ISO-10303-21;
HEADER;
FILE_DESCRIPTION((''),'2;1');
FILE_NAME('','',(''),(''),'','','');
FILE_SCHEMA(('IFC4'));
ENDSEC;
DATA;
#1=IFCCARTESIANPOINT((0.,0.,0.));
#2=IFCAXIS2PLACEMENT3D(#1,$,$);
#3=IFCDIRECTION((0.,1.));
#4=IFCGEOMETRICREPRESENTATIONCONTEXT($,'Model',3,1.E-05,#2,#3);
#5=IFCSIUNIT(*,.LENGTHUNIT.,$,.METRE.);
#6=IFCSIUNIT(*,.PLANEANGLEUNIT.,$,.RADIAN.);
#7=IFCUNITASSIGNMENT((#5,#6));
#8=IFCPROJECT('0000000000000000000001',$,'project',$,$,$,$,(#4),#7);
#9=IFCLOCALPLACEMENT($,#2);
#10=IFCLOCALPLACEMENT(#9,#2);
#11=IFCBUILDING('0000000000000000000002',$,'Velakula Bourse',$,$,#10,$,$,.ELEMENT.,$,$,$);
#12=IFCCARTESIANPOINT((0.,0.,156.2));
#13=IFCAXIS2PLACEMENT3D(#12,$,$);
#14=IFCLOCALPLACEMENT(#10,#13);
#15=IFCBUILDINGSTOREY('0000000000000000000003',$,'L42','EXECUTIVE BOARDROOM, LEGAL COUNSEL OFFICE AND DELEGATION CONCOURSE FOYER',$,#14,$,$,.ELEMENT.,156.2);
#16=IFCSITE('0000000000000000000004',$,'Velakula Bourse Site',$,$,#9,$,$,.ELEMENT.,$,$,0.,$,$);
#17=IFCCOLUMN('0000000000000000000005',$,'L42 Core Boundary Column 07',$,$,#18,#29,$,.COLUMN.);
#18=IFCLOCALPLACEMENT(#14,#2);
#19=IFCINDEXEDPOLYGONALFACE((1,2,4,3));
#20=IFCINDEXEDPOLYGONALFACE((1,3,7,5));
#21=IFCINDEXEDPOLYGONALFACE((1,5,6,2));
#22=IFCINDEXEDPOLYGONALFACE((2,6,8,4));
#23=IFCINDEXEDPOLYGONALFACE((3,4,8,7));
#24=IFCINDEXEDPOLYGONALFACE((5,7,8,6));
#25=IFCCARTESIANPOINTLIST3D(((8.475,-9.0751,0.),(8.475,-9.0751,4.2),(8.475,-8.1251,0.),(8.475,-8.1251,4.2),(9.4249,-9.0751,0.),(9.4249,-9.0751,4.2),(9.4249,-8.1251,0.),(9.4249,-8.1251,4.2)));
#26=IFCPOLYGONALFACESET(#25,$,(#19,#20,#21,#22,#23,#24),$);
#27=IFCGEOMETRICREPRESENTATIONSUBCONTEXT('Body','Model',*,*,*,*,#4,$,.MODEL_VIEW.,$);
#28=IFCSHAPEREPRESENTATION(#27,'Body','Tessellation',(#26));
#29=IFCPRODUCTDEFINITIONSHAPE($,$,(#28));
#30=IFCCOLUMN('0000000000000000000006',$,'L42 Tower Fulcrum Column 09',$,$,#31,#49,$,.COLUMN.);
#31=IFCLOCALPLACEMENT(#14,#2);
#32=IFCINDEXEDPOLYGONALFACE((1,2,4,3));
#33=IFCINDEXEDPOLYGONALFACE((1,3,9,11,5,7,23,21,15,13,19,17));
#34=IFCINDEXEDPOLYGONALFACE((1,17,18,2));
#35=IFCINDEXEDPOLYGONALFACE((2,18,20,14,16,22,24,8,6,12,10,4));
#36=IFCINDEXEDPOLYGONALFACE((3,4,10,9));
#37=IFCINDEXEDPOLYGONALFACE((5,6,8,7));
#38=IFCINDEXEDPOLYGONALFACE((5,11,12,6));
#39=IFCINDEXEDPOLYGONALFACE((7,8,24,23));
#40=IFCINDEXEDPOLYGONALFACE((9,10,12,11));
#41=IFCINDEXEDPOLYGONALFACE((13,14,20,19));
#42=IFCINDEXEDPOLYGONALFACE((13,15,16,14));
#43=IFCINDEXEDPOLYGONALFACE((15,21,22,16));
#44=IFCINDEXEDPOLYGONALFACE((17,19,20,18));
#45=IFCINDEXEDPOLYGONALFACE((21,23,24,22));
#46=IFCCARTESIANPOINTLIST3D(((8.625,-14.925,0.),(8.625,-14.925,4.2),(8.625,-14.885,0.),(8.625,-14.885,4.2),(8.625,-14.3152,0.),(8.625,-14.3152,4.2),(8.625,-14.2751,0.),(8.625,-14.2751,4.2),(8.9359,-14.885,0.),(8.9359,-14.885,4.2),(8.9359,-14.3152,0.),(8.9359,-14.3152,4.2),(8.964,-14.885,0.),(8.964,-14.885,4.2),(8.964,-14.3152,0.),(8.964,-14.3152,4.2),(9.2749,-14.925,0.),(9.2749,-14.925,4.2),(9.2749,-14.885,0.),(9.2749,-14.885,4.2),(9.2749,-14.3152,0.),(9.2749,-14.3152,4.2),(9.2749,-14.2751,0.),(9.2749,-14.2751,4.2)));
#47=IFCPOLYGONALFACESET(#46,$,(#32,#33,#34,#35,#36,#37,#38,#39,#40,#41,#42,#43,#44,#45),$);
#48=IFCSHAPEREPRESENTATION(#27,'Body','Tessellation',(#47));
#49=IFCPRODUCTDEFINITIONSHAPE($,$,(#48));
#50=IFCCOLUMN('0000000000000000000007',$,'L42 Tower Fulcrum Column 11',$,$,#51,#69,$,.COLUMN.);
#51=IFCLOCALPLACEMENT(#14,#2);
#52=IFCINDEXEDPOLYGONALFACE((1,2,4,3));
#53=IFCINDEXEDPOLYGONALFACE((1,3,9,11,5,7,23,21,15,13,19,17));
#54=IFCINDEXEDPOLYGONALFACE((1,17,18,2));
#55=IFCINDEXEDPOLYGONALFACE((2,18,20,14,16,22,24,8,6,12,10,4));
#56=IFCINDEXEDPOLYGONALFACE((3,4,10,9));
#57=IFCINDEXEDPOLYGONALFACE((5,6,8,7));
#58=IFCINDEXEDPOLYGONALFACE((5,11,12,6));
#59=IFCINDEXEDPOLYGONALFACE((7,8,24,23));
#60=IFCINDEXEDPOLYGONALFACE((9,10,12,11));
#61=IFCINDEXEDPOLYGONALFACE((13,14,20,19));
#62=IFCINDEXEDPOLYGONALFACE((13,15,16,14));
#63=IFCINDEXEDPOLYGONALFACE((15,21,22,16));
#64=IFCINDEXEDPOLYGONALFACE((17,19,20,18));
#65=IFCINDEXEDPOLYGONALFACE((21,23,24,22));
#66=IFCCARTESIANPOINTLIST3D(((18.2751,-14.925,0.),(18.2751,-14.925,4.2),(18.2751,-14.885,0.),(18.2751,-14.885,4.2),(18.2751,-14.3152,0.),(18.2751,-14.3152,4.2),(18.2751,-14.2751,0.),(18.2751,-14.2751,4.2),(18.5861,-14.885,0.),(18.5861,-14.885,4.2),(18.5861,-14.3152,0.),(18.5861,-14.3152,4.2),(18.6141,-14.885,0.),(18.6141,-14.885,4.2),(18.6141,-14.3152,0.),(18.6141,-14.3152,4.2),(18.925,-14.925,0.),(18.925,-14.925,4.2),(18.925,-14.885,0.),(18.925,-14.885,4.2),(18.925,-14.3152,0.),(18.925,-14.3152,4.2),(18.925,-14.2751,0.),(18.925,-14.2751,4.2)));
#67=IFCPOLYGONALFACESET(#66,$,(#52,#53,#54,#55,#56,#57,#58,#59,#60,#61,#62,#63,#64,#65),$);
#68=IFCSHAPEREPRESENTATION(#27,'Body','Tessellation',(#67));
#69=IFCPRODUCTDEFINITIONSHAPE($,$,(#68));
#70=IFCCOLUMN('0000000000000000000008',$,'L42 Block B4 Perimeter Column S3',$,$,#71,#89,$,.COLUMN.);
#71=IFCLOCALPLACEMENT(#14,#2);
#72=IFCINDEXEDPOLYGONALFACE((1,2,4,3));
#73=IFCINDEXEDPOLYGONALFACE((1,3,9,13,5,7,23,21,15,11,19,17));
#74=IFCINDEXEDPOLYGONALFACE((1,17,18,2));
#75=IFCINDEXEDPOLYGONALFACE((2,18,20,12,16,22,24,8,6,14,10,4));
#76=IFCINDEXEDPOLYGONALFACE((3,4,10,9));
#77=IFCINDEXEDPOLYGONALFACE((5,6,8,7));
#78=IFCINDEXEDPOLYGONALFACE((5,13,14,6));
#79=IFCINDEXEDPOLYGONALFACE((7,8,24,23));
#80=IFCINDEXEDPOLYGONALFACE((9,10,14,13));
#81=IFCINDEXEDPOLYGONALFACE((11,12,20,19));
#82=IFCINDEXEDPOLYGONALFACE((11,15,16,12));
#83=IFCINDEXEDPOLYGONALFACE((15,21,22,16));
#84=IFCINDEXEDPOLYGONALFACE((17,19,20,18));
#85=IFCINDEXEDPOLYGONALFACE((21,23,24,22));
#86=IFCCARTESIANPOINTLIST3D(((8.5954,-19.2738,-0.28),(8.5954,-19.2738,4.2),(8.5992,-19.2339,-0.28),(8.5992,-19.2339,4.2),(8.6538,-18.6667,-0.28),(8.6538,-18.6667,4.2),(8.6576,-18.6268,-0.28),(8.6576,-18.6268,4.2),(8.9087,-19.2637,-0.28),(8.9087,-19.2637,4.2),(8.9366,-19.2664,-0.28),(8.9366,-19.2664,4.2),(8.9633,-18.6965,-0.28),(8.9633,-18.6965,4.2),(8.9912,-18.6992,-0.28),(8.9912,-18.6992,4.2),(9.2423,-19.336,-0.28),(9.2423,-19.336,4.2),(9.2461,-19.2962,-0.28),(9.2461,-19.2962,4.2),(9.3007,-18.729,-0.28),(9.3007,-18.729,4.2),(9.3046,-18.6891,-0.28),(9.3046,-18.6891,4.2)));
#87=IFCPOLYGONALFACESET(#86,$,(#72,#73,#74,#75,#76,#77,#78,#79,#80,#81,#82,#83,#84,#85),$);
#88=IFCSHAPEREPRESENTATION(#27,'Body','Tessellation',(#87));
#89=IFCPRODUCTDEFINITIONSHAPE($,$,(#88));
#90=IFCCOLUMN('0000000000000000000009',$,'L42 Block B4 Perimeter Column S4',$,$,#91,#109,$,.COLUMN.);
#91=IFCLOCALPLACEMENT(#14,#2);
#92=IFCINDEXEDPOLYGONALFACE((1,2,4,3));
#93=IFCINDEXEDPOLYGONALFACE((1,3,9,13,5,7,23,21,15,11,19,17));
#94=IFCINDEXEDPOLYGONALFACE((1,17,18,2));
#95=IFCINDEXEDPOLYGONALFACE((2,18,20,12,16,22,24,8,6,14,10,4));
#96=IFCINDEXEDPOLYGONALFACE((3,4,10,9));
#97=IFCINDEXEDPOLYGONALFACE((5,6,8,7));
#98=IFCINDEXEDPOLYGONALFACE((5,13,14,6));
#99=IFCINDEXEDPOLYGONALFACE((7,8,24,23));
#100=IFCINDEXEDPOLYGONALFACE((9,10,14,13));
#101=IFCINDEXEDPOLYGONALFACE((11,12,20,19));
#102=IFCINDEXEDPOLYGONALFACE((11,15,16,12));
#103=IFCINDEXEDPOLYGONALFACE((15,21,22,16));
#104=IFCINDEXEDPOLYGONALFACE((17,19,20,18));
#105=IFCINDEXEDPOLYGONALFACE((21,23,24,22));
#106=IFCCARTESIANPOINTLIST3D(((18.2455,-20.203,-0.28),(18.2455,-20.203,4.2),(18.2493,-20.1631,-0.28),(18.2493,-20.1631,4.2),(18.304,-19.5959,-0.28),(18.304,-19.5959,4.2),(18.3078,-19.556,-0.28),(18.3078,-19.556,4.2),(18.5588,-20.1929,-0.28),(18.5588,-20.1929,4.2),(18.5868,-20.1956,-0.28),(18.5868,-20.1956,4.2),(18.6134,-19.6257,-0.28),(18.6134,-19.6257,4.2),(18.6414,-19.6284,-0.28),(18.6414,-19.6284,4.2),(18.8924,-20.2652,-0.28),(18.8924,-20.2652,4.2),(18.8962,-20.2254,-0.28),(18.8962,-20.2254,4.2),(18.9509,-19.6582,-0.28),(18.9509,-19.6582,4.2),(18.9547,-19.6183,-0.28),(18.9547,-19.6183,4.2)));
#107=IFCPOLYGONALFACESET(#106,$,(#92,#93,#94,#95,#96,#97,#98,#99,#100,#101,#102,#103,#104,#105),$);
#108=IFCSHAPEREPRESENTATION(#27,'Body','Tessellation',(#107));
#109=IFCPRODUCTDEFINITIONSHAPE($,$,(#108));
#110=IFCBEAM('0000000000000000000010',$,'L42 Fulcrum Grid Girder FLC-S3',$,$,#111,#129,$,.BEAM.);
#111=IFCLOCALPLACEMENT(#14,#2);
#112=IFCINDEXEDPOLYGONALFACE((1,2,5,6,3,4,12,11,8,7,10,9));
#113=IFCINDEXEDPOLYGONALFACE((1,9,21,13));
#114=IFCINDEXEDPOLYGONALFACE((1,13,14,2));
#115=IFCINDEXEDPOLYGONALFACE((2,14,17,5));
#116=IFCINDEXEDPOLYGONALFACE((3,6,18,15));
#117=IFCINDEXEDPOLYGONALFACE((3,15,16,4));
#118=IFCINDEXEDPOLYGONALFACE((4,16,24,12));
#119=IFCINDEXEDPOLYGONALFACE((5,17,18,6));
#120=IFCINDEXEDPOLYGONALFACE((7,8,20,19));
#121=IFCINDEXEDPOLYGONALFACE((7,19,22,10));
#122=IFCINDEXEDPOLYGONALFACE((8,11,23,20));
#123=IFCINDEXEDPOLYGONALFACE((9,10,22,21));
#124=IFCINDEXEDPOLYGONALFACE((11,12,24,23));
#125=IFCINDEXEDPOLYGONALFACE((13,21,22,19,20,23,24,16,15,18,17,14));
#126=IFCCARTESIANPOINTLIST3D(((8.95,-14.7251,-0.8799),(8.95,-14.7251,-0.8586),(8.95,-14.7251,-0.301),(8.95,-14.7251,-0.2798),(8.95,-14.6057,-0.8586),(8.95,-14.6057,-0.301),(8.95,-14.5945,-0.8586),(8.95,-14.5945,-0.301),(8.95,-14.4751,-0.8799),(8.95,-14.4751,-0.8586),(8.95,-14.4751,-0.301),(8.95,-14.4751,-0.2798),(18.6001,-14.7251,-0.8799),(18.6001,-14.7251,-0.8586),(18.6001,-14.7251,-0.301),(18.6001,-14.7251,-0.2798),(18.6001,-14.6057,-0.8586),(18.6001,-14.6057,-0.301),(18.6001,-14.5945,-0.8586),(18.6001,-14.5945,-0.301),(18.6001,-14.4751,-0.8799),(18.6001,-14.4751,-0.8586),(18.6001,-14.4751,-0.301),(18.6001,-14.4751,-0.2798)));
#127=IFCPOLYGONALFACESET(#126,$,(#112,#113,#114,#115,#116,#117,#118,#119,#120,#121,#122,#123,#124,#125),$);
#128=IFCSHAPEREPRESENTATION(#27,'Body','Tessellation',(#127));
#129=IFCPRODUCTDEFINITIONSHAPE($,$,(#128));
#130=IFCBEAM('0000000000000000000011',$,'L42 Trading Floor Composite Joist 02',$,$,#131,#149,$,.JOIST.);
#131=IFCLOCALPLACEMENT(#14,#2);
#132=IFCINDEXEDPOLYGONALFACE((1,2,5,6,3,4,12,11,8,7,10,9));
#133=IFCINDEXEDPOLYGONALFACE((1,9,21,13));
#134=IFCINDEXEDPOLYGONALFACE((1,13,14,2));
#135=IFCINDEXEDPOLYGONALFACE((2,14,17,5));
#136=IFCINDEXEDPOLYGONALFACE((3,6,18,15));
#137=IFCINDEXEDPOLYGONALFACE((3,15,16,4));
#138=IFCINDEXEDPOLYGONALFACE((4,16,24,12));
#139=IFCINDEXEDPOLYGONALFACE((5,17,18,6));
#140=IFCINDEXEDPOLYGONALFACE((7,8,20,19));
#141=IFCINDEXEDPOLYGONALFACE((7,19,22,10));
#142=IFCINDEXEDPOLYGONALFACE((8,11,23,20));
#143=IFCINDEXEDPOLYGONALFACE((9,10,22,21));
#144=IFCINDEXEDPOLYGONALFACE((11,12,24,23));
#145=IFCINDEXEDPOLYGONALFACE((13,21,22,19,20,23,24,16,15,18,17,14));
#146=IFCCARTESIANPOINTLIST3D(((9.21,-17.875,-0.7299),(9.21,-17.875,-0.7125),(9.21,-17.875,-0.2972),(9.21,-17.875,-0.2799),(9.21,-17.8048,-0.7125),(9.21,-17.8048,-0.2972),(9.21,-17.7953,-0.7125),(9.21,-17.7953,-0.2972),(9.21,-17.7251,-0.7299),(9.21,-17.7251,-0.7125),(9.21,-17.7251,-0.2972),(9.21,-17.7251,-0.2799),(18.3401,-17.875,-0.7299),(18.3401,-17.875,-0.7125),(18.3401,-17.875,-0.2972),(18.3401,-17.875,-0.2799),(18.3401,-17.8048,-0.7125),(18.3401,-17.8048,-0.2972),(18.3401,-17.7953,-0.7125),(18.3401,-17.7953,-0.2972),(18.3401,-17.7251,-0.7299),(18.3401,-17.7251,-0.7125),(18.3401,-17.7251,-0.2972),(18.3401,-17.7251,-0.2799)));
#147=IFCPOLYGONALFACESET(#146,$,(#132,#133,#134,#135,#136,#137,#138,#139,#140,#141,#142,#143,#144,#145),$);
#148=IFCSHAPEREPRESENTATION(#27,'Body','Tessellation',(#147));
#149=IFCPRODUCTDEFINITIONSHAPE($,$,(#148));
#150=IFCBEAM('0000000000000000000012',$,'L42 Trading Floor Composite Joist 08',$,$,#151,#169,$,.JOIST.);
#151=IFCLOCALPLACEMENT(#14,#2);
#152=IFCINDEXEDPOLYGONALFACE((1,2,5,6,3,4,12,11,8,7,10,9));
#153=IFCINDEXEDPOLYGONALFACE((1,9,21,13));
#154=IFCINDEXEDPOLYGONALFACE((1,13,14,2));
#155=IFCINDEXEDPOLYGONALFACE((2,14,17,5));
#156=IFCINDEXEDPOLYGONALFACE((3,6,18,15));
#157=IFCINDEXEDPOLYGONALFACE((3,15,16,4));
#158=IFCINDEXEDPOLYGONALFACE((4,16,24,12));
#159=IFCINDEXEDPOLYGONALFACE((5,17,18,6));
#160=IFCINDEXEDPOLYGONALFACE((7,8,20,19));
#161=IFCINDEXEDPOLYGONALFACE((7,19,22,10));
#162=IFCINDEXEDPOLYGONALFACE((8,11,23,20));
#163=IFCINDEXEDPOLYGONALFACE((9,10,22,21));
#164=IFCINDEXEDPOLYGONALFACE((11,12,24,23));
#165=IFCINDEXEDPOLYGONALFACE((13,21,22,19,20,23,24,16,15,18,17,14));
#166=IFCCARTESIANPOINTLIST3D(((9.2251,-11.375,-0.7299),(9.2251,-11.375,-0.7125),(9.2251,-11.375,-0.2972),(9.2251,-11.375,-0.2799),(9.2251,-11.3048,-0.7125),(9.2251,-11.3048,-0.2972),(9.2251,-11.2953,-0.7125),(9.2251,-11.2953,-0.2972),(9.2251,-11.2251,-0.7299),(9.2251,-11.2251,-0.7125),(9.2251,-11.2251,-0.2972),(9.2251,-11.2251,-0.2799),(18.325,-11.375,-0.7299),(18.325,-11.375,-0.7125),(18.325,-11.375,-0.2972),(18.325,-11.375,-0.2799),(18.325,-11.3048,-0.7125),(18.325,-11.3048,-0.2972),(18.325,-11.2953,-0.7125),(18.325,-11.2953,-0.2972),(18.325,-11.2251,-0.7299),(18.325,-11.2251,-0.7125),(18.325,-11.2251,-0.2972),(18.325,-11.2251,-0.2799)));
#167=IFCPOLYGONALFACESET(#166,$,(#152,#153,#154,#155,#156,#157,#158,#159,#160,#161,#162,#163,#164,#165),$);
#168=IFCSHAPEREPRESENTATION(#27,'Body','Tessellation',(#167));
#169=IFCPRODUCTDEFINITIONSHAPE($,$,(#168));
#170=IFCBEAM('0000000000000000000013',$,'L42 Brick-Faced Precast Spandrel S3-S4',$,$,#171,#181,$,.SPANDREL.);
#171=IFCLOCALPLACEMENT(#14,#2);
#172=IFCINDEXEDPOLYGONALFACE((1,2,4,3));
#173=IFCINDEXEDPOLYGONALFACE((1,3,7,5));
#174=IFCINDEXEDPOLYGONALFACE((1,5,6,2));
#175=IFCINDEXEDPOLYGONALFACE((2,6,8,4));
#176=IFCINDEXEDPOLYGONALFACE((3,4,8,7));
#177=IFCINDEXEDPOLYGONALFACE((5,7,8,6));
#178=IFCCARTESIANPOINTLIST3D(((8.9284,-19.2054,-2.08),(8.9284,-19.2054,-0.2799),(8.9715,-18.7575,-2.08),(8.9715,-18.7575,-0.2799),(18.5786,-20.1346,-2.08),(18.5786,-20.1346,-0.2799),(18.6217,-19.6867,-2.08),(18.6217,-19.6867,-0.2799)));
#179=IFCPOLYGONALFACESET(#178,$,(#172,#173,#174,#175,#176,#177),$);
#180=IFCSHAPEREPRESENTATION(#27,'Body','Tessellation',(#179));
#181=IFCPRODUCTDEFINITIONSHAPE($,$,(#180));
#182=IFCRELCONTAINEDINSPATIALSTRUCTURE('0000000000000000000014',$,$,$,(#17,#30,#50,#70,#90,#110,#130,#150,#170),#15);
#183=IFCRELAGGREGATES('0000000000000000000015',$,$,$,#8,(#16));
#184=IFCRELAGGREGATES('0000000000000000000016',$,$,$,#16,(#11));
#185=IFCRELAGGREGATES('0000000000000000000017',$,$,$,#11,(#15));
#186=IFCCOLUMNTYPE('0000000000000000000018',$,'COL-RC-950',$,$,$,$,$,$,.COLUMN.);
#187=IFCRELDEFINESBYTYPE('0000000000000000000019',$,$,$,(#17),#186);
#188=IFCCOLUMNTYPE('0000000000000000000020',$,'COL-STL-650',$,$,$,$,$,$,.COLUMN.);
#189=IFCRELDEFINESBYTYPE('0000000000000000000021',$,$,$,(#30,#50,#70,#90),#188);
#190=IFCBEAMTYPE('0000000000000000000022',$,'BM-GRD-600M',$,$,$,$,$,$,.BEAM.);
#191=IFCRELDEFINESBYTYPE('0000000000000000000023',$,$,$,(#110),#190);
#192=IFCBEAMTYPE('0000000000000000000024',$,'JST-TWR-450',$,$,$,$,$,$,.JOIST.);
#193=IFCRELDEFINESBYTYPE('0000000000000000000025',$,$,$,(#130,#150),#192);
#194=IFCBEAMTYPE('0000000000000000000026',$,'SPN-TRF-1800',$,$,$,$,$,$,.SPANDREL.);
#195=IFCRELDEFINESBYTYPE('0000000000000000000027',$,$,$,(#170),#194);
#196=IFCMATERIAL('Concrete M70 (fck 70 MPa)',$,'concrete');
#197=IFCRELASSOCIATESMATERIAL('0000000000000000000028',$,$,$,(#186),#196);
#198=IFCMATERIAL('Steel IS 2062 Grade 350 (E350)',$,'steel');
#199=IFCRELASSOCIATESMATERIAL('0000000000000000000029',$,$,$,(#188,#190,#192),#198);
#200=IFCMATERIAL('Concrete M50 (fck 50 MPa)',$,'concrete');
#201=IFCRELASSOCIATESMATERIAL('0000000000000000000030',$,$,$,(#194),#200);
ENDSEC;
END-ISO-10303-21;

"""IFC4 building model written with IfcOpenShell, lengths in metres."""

from ifc_helpers import new_model, si_unit, direction, frame, origin, origin_2d, place, context, subcontext, project, spatial, rectangle, i_section, extrude, material, material_profile, profile_set, type_object, element, save


model = new_model("IFC4")

# Units and contexts
model_context = context("Model", 3, precision=1e-05, world=origin(), true_north=direction((0.0, 1.0)))
body_context = subcontext(model_context, "Body", "Model", "MODEL_VIEW")
ifc_project = project(units=[si_unit("LENGTHUNIT", "METRE"), si_unit("PLANEANGLEUNIT", "RADIAN")], contexts=[model_context])

# Site, building, storey
site_placement = place(None, origin())
site = spatial("IfcSite", under=ifc_project, at=site_placement, Name="Velakula Bourse Site", CompositionType="ELEMENT", RefElevation=0.0)
building_placement = place(site_placement, origin())
building = spatial("IfcBuilding", under=site, at=building_placement, Name="Velakula Bourse", CompositionType="ELEMENT")
storey_placement = place(building_placement, frame((0.0, 0.0, 156.2)))
storey = spatial("IfcBuildingStorey", under=building, at=storey_placement, Name="L42", Description="EXECUTIVE BOARDROOM, LEGAL COUNSEL OFFICE AND DELEGATION CONCOURSE FOYER", CompositionType="ELEMENT", Elevation=156.2)

# Columns
ifc_material_1 = material(Name="Concrete M70 (fck 70 MPa)", Category="concrete")
ifc_material_profile_1 = material_profile(ifc_material_1, rectangle(XDim=0.95, YDim=0.95, at=origin_2d()), Name="Concrete M70 (fck 70 MPa)")
ifc_profile_set_1 = profile_set([ifc_material_profile_1], Name="Concrete M70 (fck 70 MPa)")
column_type_1 = type_object("IfcColumnType", Name="COL-RC-950", PredefinedType="COLUMN", material=ifc_profile_set_1)
column_placement = place(storey_placement, frame((8.95, -8.6001, 0.0), z_axis=(0.0, 0.0, 1.0), x_axis=(1.0, 0.0, 0.0)))
element("IfcColumn", 1, at=column_placement, inside=storey, type_object=column_type_1, Name="L42 Core Boundary Column 07", PredefinedType="COLUMN", context=body_context, shape_type="SweptSolid", body=[
    extrude(rectangle(XDim=0.95, YDim=0.95, at=origin_2d()), origin(), (0.0, 0.0, 1.0), 4.2),
])
ifc_material_2 = material(Name="Steel IS 2062 Grade 350 (E350)", Category="steel")
ifc_material_profile_2 = material_profile(ifc_material_2, i_section(OverallWidth=0.6499, OverallDepth=0.6499, WebThickness=0.0281, FlangeThickness=0.04, at=origin_2d()), Name="Steel IS 2062 Grade 350 (E350)")
ifc_profile_set_2 = profile_set([ifc_material_profile_2], Name="Steel IS 2062 Grade 350 (E350)")
column_type_2 = type_object("IfcColumnType", Name="COL-STL-650", PredefinedType="COLUMN", material=ifc_profile_set_2)
for number, where, z_axis, x_axis, name in (
    (2, (8.95, -14.6001, 0.0), (0.0, 0.0, 1.0), (1.0, 0.0, 0.0), "L42 Tower Fulcrum Column 09"),
    (3, (18.6001, -14.6001, 0.0), (0.0, 0.0, 1.0), (1.0, 0.0, 0.0), "L42 Tower Fulcrum Column 11"),
):
    element("IfcColumn", number, at=place(storey_placement, frame(where, z_axis=z_axis, x_axis=x_axis)), inside=storey, type_object=column_type_2, Name=name, PredefinedType="COLUMN", context=body_context, shape_type="SweptSolid", body=[
        extrude(i_section(OverallWidth=0.6499, OverallDepth=0.6499, WebThickness=0.0281, FlangeThickness=0.04, at=origin_2d()), origin(), (0.0, 0.0, 1.0), 4.2),
    ])
for number, where, z_axis, x_axis, name in (
    (4, (8.95, -18.9814, -0.28), (0.0, 0.0, 1.0), (0.995396, -0.095846, 0.0), "L42 Block B4 Perimeter Column S3"),
    (5, (18.6001, -19.9106, -0.28), (0.0, 0.0, 1.0), (0.995396, -0.095846, 0.0), "L42 Block B4 Perimeter Column S4"),
):
    element("IfcColumn", number, at=place(storey_placement, frame(where, z_axis=z_axis, x_axis=x_axis)), inside=storey, type_object=column_type_2, Name=name, PredefinedType="COLUMN", context=body_context, shape_type="SweptSolid", body=[
        extrude(i_section(OverallWidth=0.6499, OverallDepth=0.6499, WebThickness=0.0281, FlangeThickness=0.04, at=origin_2d()), origin(), (0.0, 0.0, 1.0), 4.48),
    ])

# Beams
ifc_material_profile_3 = material_profile(ifc_material_2, i_section(OverallWidth=0.25, OverallDepth=0.6001, WebThickness=0.0112, FlangeThickness=0.0212, at=origin_2d()), Name="Steel IS 2062 Grade 350 (E350)")
ifc_profile_set_3 = profile_set([ifc_material_profile_3], Name="Steel IS 2062 Grade 350 (E350)")
beam_type_1 = type_object("IfcBeamType", Name="BM-GRD-600M", PredefinedType="BEAM", material=ifc_profile_set_3)
beam_1_placement = place(storey_placement, frame((8.95, -14.6001, -0.5798), z_axis=(1.0, 0.0, 0.0), x_axis=(0.0, 1.0, 0.0)))
element("IfcBeam", 6, at=beam_1_placement, inside=storey, type_object=beam_type_1, Name="L42 Fulcrum Grid Girder FLC-S3", PredefinedType="BEAM", context=body_context, shape_type="SweptSolid", body=[
    extrude(i_section(OverallWidth=0.25, OverallDepth=0.6001, WebThickness=0.0112, FlangeThickness=0.0212, at=origin_2d()), origin(), (0.0, 0.0, 1.0), 9.6501),
])
ifc_material_profile_4 = material_profile(ifc_material_2, i_section(OverallWidth=0.1499, OverallDepth=0.45, WebThickness=0.0095, FlangeThickness=0.0173, at=origin_2d()), Name="Steel IS 2062 Grade 350 (E350)")
ifc_profile_set_4 = profile_set([ifc_material_profile_4], Name="Steel IS 2062 Grade 350 (E350)")
beam_type_2 = type_object("IfcBeamType", Name="JST-TWR-450", PredefinedType="JOIST", material=ifc_profile_set_4)
beam_2_placement = place(storey_placement, frame((9.21, -17.8, -0.5049), z_axis=(1.0, 0.0, 0.0), x_axis=(0.0, 1.0, 0.0)))
element("IfcBeam", 7, at=beam_2_placement, inside=storey, type_object=beam_type_2, Name="L42 Trading Floor Composite Joist 02", PredefinedType="JOIST", context=body_context, shape_type="SweptSolid", body=[
    extrude(i_section(OverallWidth=0.1499, OverallDepth=0.45, WebThickness=0.0095, FlangeThickness=0.0173, at=origin_2d()), origin(), (0.0, 0.0, 1.0), 9.1301),
])
beam_3_placement = place(storey_placement, frame((9.2251, -11.3, -0.5049), z_axis=(1.0, 0.0, 0.0), x_axis=(0.0, 1.0, 0.0)))
element("IfcBeam", 8, at=beam_3_placement, inside=storey, type_object=beam_type_2, Name="L42 Trading Floor Composite Joist 08", PredefinedType="JOIST", context=body_context, shape_type="SweptSolid", body=[
    extrude(i_section(OverallWidth=0.1499, OverallDepth=0.45, WebThickness=0.0095, FlangeThickness=0.0173, at=origin_2d()), origin(), (0.0, 0.0, 1.0), 9.0999),
])
ifc_material_3 = material(Name="Concrete M50 (fck 50 MPa)", Category="concrete")
ifc_material_profile_5 = material_profile(ifc_material_3, rectangle(XDim=0.45, YDim=1.8, at=origin_2d()), Name="Concrete M50 (fck 50 MPa)")
ifc_profile_set_5 = profile_set([ifc_material_profile_5], Name="Concrete M50 (fck 50 MPa)")
beam_type_3 = type_object("IfcBeamType", Name="SPN-TRF-1800", PredefinedType="SPANDREL", material=ifc_profile_set_5)
beam_4_placement = place(storey_placement, frame((8.95, -18.9814, -1.1799), z_axis=(0.995396, -0.095845, 0.0), x_axis=(0.095845, 0.995396, 0.0)))
element("IfcBeam", 9, at=beam_4_placement, inside=storey, type_object=beam_type_3, Name="L42 Brick-Faced Precast Spandrel S3-S4", PredefinedType="SPANDREL", context=body_context, shape_type="SweptSolid", body=[
    extrude(rectangle(XDim=0.45, YDim=1.8, at=origin_2d()), origin(), (0.0, 0.0, 1.0), 9.6948),
])

save(model, "model.ifc")
